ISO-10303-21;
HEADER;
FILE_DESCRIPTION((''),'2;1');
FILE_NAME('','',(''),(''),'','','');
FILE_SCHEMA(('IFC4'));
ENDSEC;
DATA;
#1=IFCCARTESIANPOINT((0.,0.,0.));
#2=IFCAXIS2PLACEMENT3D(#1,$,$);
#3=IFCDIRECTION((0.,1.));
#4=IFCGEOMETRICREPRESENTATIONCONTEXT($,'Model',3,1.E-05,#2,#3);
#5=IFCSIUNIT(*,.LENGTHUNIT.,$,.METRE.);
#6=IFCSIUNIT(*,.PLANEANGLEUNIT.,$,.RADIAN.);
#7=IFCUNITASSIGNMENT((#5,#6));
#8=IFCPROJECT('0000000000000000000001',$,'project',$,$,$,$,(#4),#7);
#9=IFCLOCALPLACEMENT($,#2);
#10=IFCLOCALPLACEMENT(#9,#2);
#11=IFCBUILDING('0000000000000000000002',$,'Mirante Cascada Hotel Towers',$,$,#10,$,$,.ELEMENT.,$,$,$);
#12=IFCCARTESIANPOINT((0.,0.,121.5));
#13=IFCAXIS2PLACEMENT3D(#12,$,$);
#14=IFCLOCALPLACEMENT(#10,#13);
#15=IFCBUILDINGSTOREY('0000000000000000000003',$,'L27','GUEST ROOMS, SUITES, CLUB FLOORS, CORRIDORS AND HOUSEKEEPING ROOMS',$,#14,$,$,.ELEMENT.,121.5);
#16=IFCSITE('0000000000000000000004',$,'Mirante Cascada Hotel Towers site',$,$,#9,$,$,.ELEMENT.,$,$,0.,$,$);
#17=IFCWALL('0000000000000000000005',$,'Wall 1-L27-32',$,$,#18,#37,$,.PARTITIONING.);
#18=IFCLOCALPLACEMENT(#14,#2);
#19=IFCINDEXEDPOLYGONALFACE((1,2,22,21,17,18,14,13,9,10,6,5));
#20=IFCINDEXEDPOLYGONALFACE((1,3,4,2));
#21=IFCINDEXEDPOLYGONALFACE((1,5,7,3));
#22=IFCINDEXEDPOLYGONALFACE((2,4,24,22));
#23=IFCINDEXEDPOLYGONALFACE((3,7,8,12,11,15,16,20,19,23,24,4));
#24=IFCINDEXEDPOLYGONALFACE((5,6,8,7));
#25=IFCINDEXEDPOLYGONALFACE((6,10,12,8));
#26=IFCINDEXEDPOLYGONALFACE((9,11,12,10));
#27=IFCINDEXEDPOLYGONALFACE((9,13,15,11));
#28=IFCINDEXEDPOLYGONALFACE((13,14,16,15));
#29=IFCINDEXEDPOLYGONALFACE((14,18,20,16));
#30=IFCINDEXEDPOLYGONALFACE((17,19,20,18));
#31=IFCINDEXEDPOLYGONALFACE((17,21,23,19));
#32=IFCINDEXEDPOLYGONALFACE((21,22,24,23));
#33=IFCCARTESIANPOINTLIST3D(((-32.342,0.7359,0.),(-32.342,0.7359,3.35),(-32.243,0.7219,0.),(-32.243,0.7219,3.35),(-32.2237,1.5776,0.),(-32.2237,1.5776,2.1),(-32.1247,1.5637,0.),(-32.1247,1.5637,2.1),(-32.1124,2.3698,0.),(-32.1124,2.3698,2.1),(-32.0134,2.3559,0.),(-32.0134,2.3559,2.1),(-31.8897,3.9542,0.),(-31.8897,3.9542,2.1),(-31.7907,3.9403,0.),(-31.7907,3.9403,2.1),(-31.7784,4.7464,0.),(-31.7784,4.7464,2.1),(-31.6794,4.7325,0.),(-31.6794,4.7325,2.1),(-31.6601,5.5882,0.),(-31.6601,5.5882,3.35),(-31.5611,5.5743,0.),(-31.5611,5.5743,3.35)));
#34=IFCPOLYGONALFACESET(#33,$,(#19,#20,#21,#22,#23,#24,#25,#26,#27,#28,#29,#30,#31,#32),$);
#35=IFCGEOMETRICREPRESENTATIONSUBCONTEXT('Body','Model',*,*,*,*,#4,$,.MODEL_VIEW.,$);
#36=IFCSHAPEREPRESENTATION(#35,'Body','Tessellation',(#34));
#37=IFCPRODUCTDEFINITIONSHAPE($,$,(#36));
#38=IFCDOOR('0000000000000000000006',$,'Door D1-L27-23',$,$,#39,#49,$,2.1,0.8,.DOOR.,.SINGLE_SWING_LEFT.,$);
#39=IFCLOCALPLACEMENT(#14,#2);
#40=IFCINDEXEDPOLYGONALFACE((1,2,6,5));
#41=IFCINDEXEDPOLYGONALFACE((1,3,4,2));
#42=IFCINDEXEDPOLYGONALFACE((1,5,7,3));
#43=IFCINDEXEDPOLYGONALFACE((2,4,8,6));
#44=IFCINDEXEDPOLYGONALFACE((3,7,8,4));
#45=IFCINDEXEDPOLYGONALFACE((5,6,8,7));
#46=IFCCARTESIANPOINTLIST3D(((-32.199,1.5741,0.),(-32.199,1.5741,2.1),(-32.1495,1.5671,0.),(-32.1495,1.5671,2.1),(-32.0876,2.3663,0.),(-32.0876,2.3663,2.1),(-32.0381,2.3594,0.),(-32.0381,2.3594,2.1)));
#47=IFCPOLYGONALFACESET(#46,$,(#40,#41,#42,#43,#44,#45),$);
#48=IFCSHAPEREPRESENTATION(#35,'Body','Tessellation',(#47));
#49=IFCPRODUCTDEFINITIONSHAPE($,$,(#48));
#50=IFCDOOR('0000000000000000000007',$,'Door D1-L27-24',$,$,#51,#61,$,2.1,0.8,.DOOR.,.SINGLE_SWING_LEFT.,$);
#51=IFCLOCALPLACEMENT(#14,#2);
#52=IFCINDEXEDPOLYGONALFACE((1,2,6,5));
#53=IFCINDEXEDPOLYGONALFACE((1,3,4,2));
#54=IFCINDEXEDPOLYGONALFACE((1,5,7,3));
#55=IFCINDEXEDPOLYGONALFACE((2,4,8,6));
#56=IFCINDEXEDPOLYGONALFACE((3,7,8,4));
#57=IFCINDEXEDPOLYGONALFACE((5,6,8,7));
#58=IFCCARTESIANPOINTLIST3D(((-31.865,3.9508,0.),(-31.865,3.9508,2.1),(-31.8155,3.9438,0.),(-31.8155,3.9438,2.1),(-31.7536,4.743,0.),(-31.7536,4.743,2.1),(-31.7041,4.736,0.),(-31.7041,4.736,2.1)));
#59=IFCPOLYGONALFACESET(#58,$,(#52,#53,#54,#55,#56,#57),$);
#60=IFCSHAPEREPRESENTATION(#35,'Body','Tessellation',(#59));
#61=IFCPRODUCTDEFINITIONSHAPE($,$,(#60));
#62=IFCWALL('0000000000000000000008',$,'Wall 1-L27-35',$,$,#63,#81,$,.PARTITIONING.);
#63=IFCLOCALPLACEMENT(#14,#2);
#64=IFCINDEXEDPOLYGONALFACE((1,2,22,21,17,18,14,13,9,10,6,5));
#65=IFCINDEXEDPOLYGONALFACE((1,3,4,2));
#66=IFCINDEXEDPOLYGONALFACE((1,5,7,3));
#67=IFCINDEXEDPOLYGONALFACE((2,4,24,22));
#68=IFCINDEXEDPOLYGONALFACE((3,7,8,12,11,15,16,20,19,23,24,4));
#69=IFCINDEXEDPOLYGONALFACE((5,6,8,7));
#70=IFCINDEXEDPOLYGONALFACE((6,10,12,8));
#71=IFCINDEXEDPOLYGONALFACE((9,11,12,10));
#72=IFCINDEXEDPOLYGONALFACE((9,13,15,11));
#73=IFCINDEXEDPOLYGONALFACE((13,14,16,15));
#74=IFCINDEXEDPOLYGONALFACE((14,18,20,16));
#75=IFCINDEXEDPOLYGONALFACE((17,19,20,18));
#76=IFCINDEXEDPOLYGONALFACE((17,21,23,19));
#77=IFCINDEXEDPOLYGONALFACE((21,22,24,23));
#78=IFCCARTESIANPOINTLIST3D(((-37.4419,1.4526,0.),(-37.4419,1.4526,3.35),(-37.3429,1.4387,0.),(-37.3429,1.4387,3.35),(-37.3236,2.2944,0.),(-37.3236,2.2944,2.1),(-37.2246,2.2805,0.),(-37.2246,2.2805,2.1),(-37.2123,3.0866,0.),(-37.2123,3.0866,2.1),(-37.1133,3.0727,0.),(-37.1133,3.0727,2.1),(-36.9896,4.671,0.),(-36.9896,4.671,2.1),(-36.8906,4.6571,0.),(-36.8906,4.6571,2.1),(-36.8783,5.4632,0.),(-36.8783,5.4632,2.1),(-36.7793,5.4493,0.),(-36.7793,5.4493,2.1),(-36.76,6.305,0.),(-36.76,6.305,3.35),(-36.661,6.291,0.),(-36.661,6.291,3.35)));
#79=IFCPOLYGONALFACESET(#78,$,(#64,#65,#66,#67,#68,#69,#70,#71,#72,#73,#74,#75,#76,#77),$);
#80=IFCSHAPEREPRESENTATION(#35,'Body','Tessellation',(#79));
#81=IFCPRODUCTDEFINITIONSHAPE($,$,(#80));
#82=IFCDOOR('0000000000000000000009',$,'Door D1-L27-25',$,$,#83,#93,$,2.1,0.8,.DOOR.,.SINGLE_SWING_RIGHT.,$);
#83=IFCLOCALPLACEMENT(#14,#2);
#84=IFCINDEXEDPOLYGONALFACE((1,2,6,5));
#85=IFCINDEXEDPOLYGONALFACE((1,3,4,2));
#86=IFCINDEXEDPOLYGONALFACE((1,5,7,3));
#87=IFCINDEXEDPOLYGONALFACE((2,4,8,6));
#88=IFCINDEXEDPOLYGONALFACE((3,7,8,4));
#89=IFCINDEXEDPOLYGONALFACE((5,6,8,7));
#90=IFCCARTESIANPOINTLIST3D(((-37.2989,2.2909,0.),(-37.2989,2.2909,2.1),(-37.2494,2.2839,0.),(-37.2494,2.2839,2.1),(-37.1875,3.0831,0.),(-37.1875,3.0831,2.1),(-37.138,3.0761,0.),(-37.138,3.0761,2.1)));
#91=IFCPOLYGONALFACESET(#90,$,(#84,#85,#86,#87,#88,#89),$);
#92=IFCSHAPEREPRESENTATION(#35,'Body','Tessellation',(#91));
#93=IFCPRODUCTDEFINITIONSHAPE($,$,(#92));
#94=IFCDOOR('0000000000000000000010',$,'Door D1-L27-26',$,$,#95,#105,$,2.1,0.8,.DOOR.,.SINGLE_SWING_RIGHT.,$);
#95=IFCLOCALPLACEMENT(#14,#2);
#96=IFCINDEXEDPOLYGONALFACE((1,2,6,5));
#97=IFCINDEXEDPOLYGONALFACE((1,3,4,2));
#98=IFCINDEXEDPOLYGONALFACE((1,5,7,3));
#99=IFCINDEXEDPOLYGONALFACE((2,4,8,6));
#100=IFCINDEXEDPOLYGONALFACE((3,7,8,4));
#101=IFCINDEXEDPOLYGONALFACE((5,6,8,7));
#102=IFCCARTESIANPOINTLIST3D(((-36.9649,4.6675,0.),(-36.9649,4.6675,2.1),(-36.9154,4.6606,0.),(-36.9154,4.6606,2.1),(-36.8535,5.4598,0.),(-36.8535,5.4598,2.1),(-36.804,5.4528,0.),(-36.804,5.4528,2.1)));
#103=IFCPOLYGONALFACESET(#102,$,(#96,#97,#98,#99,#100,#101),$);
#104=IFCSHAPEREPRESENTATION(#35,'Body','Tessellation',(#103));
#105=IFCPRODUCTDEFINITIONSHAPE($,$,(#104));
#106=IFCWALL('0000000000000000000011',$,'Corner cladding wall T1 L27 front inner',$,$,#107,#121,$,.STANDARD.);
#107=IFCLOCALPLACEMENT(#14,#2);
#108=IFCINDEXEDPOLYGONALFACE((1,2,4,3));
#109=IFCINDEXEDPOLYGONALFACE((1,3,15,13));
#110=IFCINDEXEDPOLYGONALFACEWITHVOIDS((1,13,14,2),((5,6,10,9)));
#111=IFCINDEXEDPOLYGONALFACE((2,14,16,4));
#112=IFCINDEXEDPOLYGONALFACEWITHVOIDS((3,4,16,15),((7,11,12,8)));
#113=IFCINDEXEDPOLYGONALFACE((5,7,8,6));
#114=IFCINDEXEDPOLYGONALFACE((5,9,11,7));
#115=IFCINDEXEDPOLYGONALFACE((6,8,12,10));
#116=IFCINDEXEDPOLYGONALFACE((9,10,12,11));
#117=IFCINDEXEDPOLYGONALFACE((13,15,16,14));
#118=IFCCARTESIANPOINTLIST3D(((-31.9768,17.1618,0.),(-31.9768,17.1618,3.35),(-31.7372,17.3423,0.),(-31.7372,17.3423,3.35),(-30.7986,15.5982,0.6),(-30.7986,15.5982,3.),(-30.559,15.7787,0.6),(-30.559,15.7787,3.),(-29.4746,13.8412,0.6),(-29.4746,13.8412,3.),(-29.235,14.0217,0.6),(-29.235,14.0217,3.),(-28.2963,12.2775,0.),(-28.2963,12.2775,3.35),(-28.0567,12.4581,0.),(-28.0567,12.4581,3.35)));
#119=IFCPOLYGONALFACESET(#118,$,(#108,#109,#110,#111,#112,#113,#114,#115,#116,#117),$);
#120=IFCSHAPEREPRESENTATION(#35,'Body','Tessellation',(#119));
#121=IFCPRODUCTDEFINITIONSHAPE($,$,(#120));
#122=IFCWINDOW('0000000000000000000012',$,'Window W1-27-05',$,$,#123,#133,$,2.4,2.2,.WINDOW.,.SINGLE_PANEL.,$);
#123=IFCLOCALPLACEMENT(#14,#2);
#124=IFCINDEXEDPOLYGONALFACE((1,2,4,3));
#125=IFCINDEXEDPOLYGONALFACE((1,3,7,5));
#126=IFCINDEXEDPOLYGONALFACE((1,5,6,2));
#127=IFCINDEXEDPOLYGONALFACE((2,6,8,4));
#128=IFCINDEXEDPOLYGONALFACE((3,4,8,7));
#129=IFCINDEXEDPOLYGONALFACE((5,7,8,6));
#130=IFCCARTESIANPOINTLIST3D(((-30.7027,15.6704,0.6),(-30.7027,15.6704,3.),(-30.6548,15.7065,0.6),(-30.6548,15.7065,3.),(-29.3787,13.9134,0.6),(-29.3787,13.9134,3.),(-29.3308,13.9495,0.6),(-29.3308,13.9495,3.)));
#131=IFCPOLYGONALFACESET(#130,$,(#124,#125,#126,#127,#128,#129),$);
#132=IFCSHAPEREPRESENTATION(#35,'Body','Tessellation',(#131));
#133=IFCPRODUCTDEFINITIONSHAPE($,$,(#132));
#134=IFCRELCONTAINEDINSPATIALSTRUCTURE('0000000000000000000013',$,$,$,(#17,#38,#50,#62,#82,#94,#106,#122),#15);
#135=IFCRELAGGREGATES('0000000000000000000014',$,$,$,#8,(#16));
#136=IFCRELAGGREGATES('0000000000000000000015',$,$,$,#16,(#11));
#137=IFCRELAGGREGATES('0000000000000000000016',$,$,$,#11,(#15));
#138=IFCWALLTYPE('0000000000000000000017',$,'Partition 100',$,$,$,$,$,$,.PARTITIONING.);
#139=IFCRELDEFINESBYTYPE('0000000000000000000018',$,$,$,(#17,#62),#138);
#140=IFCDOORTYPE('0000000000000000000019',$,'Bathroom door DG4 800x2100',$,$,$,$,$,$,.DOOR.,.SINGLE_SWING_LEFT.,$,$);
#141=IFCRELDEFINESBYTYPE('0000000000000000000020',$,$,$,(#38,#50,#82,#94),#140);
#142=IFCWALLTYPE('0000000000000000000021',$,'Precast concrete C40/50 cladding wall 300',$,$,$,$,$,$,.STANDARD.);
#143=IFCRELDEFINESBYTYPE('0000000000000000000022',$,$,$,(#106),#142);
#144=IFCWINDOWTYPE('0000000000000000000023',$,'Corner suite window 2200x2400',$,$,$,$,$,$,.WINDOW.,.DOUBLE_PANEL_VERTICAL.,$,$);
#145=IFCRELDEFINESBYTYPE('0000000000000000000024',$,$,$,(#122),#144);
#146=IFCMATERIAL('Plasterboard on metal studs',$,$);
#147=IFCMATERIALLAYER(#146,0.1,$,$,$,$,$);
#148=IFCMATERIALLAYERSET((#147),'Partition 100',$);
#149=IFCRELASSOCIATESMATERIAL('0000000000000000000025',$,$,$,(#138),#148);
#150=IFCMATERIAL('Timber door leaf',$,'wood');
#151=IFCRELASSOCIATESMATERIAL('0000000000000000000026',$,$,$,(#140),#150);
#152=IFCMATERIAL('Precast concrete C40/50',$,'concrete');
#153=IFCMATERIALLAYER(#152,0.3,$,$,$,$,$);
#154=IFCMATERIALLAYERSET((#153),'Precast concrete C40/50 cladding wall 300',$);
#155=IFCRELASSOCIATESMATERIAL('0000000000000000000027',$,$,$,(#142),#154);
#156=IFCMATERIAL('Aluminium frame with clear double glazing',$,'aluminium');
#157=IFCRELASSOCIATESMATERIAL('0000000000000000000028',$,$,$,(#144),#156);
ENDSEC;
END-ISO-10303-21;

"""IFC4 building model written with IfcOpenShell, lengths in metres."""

from ifc_helpers import new_model, si_unit, direction, frame, frame_2d, origin, place, context, subcontext, project, spatial, rectangle, extrude, material, layer, layer_set, type_object, element, fill, save


model = new_model("IFC4")

# Units and contexts
model_context = context("Model", 3, precision=1e-05, world=origin(), true_north=direction((0.0, 1.0)))
body_context = subcontext(model_context, "Body", "Model", "MODEL_VIEW")
ifc_project = project(units=[si_unit("LENGTHUNIT", "METRE"), si_unit("PLANEANGLEUNIT", "RADIAN")], contexts=[model_context])

# Site, building, storey
site_placement = place(None, origin())
site = spatial("IfcSite", under=ifc_project, at=site_placement, Name="Mirante Cascada Hotel Towers site", CompositionType="ELEMENT", RefElevation=0.0)
building_placement = place(site_placement, origin())
building = spatial("IfcBuilding", under=site, at=building_placement, Name="Mirante Cascada Hotel Towers", CompositionType="ELEMENT")
storey_placement = place(building_placement, frame((0.0, 0.0, 121.5)))
storey = spatial("IfcBuildingStorey", under=building, at=storey_placement, Name="L27", Description="GUEST ROOMS, SUITES, CLUB FLOORS, CORRIDORS AND HOUSEKEEPING ROOMS", CompositionType="ELEMENT", Elevation=121.5)

# Shared definitions
ifc_material_1 = material(Name="Plasterboard on metal studs")
ifc_layer_1 = layer(ifc_material_1, 0.1)
ifc_layer_set_1 = layer_set([ifc_layer_1], Name="Partition 100")
wall_type_1 = type_object("IfcWallType", Name="Partition 100", PredefinedType="PARTITIONING", material=ifc_layer_set_1)

# Walls, openings, doors
wall_1_placement = place(storey_placement, frame((-32.2925, 0.7289, 0.0), z_axis=(0.0, 0.0, 1.0), x_axis=(0.139164, 0.990269, 0.0)))
wall_1 = element("IfcWall", 1, at=wall_1_placement, inside=storey, type_object=wall_type_1, Name="Wall 1-L27-32", PredefinedType="PARTITIONING", context=body_context, shape_type="SweptSolid", body=[
    extrude(rectangle(XDim=4.9, YDim=0.1, at=frame_2d((2.45, 0.0))), origin(), (0.0, 0.0, 1.0), 3.35),
])
opening_1_placement = place(wall_1_placement, frame((0.85, 0.0, 0.0)))
opening_1 = element("IfcOpeningElement", 2, at=opening_1_placement, cuts=wall_1, PredefinedType="OPENING", context=body_context, shape_type="SweptSolid", body=[
    extrude(rectangle(XDim=0.8, YDim=2.1, at=frame_2d((0.4, 1.05))), frame((0.0, 0.05, 0.0), z_axis=(0.0, -1.0, 0.0), x_axis=(1.0, 0.0, 0.0)), (0.0, 0.0, 1.0), 0.1),
])
opening_2_placement = place(wall_1_placement, frame((3.25, 0.0, 0.0)))
opening_2 = element("IfcOpeningElement", 3, at=opening_2_placement, cuts=wall_1, PredefinedType="OPENING", context=body_context, shape_type="SweptSolid", body=[
    extrude(rectangle(XDim=0.8, YDim=2.1, at=frame_2d((0.4, 1.05))), frame((0.0, 0.05, 0.0), z_axis=(0.0, -1.0, 0.0), x_axis=(1.0, 0.0, 0.0)), (0.0, 0.0, 1.0), 0.1),
])
ifc_material_2 = material(Name="Timber door leaf", Category="wood")
door_type = type_object("IfcDoorType", Name="Bathroom door DG4 800x2100", OperationType="SINGLE_SWING_LEFT", PredefinedType="DOOR", material=ifc_material_2)
door_1_placement = place(opening_1_placement, origin())
door_1 = element("IfcDoor", 4, at=door_1_placement, inside=storey, type_object=door_type, Name="Door D1-L27-23", OperationType="SINGLE_SWING_LEFT", OverallHeight=2.1, OverallWidth=0.8, PredefinedType="DOOR", context=body_context, shape_type="SweptSolid", body=[
    extrude(rectangle(XDim=0.8, YDim=2.1, at=frame_2d((0.4, 1.05))), frame((0.0, 0.025, 0.0), z_axis=(0.0, -1.0, 0.0), x_axis=(1.0, 0.0, 0.0)), (0.0, 0.0, 1.0), 0.05),
])
fill(opening_1, door_1)
door_2_placement = place(opening_2_placement, origin())
door_2 = element("IfcDoor", 5, at=door_2_placement, inside=storey, type_object=door_type, Name="Door D1-L27-24", OperationType="SINGLE_SWING_LEFT", OverallHeight=2.1, OverallWidth=0.8, PredefinedType="DOOR", context=body_context, shape_type="SweptSolid", body=[
    extrude(rectangle(XDim=0.8, YDim=2.1, at=frame_2d((0.4, 1.05))), frame((0.0, 0.025, 0.0), z_axis=(0.0, -1.0, 0.0), x_axis=(1.0, 0.0, 0.0)), (0.0, 0.0, 1.0), 0.05),
])
fill(opening_2, door_2)
wall_2_placement = place(storey_placement, frame((-36.7105, 6.298, 0.0), z_axis=(0.0, 0.0, 1.0), x_axis=(-0.139164, -0.990269, 0.0)))
wall_2 = element("IfcWall", 6, at=wall_2_placement, inside=storey, type_object=wall_type_1, Name="Wall 1-L27-35", PredefinedType="PARTITIONING", context=body_context, shape_type="SweptSolid", body=[
    extrude(rectangle(XDim=4.9, YDim=0.1, at=frame_2d((2.45, 0.0))), origin(), (0.0, 0.0, 1.0), 3.35),
])
opening_3_placement = place(wall_2_placement, frame((3.25, 0.0, 0.0)))
opening_3 = element("IfcOpeningElement", 7, at=opening_3_placement, cuts=wall_2, PredefinedType="OPENING", context=body_context, shape_type="SweptSolid", body=[
    extrude(rectangle(XDim=0.8, YDim=2.1, at=frame_2d((0.4, 1.05))), frame((0.0, 0.05, 0.0), z_axis=(0.0, -1.0, 0.0), x_axis=(1.0, 0.0, 0.0)), (0.0, 0.0, 1.0), 0.1),
])
opening_4_placement = place(wall_2_placement, frame((0.85, 0.0, 0.0)))
opening_4 = element("IfcOpeningElement", 8, at=opening_4_placement, cuts=wall_2, PredefinedType="OPENING", context=body_context, shape_type="SweptSolid", body=[
    extrude(rectangle(XDim=0.8, YDim=2.1, at=frame_2d((0.4, 1.05))), frame((0.0, 0.05, 0.0), z_axis=(0.0, -1.0, 0.0), x_axis=(1.0, 0.0, 0.0)), (0.0, 0.0, 1.0), 0.1),
])
door_3_placement = place(opening_3_placement, frame((0.8, 0.0, 0.0), z_axis=(0.0, 0.0, 1.0), x_axis=(-1.0, 0.0, 0.0)))
door_3 = element("IfcDoor", 9, at=door_3_placement, inside=storey, type_object=door_type, Name="Door D1-L27-25", OperationType="SINGLE_SWING_RIGHT", OverallHeight=2.1, OverallWidth=0.8, PredefinedType="DOOR", context=body_context, shape_type="SweptSolid", body=[
    extrude(rectangle(XDim=0.8, YDim=2.1, at=frame_2d((0.4, 1.05))), frame((0.0, 0.025, 0.0), z_axis=(0.0, -1.0, 0.0), x_axis=(1.0, 0.0, 0.0)), (0.0, 0.0, 1.0), 0.05),
])
fill(opening_3, door_3)
door_4_placement = place(opening_4_placement, frame((0.8, 0.0, 0.0), z_axis=(0.0, 0.0, 1.0), x_axis=(-1.0, 0.0, 0.0)))
door_4 = element("IfcDoor", 10, at=door_4_placement, inside=storey, type_object=door_type, Name="Door D1-L27-26", OperationType="SINGLE_SWING_RIGHT", OverallHeight=2.1, OverallWidth=0.8, PredefinedType="DOOR", context=body_context, shape_type="SweptSolid", body=[
    extrude(rectangle(XDim=0.8, YDim=2.1, at=frame_2d((0.4, 1.05))), frame((0.0, 0.025, 0.0), z_axis=(0.0, -1.0, 0.0), x_axis=(1.0, 0.0, 0.0)), (0.0, 0.0, 1.0), 0.05),
])
fill(opening_4, door_4)

# Wall, opening, window
ifc_material_3 = material(Name="Precast concrete C40/50", Category="concrete")
ifc_layer_2 = layer(ifc_material_3, 0.3)
ifc_layer_set_2 = layer_set([ifc_layer_2], Name="Precast concrete C40/50 cladding wall 300")
wall_type_2 = type_object("IfcWallType", Name="Precast concrete C40/50 cladding wall 300", PredefinedType="STANDARD", material=ifc_layer_set_2)
wall_3_placement = place(storey_placement, frame((-31.857, 17.252, 0.0), z_axis=(0.0, 0.0, 1.0), x_axis=(0.601814, -0.798636, 0.0)))
wall_3 = element("IfcWall", 11, at=wall_3_placement, inside=storey, type_object=wall_type_2, Name="Corner cladding wall T1 L27 front inner", PredefinedType="STANDARD", context=body_context, shape_type="SweptSolid", body=[
    extrude(rectangle(XDim=6.1157, YDim=0.3, at=frame_2d((3.0578, 0.0))), origin(), (0.0, 0.0, 1.0), 3.35),
])
opening_5_placement = place(wall_3_placement, frame((1.9578, 0.0, 0.6)))
opening_5 = element("IfcOpeningElement", 12, at=opening_5_placement, cuts=wall_3, PredefinedType="OPENING", context=body_context, shape_type="SweptSolid", body=[
    extrude(rectangle(XDim=2.2, YDim=2.4, at=frame_2d((1.1, 1.2))), frame((0.0, 0.15, 0.0), z_axis=(0.0, -1.0, 0.0), x_axis=(1.0, 0.0, 0.0)), (0.0, 0.0, 1.0), 0.3),
])
ifc_material_4 = material(Name="Aluminium frame with clear double glazing", Category="aluminium")
window_type = type_object("IfcWindowType", Name="Corner suite window 2200x2400", PartitioningType="DOUBLE_PANEL_VERTICAL", PredefinedType="WINDOW", material=ifc_material_4)
window_placement = place(opening_5_placement, origin())
window = element("IfcWindow", 13, at=window_placement, inside=storey, type_object=window_type, Name="Window W1-27-05", OverallHeight=2.4, OverallWidth=2.2, PartitioningType="SINGLE_PANEL", PredefinedType="WINDOW", context=body_context, shape_type="SweptSolid", body=[
    extrude(rectangle(XDim=2.2, YDim=2.4, at=frame_2d((1.1, 1.2))), frame((0.0, 0.03, 0.0), z_axis=(0.0, -1.0, 0.0), x_axis=(1.0, 0.0, 0.0)), (0.0, 0.0, 1.0), 0.06),
])
fill(opening_5, window)

save(model, "model.ifc")
